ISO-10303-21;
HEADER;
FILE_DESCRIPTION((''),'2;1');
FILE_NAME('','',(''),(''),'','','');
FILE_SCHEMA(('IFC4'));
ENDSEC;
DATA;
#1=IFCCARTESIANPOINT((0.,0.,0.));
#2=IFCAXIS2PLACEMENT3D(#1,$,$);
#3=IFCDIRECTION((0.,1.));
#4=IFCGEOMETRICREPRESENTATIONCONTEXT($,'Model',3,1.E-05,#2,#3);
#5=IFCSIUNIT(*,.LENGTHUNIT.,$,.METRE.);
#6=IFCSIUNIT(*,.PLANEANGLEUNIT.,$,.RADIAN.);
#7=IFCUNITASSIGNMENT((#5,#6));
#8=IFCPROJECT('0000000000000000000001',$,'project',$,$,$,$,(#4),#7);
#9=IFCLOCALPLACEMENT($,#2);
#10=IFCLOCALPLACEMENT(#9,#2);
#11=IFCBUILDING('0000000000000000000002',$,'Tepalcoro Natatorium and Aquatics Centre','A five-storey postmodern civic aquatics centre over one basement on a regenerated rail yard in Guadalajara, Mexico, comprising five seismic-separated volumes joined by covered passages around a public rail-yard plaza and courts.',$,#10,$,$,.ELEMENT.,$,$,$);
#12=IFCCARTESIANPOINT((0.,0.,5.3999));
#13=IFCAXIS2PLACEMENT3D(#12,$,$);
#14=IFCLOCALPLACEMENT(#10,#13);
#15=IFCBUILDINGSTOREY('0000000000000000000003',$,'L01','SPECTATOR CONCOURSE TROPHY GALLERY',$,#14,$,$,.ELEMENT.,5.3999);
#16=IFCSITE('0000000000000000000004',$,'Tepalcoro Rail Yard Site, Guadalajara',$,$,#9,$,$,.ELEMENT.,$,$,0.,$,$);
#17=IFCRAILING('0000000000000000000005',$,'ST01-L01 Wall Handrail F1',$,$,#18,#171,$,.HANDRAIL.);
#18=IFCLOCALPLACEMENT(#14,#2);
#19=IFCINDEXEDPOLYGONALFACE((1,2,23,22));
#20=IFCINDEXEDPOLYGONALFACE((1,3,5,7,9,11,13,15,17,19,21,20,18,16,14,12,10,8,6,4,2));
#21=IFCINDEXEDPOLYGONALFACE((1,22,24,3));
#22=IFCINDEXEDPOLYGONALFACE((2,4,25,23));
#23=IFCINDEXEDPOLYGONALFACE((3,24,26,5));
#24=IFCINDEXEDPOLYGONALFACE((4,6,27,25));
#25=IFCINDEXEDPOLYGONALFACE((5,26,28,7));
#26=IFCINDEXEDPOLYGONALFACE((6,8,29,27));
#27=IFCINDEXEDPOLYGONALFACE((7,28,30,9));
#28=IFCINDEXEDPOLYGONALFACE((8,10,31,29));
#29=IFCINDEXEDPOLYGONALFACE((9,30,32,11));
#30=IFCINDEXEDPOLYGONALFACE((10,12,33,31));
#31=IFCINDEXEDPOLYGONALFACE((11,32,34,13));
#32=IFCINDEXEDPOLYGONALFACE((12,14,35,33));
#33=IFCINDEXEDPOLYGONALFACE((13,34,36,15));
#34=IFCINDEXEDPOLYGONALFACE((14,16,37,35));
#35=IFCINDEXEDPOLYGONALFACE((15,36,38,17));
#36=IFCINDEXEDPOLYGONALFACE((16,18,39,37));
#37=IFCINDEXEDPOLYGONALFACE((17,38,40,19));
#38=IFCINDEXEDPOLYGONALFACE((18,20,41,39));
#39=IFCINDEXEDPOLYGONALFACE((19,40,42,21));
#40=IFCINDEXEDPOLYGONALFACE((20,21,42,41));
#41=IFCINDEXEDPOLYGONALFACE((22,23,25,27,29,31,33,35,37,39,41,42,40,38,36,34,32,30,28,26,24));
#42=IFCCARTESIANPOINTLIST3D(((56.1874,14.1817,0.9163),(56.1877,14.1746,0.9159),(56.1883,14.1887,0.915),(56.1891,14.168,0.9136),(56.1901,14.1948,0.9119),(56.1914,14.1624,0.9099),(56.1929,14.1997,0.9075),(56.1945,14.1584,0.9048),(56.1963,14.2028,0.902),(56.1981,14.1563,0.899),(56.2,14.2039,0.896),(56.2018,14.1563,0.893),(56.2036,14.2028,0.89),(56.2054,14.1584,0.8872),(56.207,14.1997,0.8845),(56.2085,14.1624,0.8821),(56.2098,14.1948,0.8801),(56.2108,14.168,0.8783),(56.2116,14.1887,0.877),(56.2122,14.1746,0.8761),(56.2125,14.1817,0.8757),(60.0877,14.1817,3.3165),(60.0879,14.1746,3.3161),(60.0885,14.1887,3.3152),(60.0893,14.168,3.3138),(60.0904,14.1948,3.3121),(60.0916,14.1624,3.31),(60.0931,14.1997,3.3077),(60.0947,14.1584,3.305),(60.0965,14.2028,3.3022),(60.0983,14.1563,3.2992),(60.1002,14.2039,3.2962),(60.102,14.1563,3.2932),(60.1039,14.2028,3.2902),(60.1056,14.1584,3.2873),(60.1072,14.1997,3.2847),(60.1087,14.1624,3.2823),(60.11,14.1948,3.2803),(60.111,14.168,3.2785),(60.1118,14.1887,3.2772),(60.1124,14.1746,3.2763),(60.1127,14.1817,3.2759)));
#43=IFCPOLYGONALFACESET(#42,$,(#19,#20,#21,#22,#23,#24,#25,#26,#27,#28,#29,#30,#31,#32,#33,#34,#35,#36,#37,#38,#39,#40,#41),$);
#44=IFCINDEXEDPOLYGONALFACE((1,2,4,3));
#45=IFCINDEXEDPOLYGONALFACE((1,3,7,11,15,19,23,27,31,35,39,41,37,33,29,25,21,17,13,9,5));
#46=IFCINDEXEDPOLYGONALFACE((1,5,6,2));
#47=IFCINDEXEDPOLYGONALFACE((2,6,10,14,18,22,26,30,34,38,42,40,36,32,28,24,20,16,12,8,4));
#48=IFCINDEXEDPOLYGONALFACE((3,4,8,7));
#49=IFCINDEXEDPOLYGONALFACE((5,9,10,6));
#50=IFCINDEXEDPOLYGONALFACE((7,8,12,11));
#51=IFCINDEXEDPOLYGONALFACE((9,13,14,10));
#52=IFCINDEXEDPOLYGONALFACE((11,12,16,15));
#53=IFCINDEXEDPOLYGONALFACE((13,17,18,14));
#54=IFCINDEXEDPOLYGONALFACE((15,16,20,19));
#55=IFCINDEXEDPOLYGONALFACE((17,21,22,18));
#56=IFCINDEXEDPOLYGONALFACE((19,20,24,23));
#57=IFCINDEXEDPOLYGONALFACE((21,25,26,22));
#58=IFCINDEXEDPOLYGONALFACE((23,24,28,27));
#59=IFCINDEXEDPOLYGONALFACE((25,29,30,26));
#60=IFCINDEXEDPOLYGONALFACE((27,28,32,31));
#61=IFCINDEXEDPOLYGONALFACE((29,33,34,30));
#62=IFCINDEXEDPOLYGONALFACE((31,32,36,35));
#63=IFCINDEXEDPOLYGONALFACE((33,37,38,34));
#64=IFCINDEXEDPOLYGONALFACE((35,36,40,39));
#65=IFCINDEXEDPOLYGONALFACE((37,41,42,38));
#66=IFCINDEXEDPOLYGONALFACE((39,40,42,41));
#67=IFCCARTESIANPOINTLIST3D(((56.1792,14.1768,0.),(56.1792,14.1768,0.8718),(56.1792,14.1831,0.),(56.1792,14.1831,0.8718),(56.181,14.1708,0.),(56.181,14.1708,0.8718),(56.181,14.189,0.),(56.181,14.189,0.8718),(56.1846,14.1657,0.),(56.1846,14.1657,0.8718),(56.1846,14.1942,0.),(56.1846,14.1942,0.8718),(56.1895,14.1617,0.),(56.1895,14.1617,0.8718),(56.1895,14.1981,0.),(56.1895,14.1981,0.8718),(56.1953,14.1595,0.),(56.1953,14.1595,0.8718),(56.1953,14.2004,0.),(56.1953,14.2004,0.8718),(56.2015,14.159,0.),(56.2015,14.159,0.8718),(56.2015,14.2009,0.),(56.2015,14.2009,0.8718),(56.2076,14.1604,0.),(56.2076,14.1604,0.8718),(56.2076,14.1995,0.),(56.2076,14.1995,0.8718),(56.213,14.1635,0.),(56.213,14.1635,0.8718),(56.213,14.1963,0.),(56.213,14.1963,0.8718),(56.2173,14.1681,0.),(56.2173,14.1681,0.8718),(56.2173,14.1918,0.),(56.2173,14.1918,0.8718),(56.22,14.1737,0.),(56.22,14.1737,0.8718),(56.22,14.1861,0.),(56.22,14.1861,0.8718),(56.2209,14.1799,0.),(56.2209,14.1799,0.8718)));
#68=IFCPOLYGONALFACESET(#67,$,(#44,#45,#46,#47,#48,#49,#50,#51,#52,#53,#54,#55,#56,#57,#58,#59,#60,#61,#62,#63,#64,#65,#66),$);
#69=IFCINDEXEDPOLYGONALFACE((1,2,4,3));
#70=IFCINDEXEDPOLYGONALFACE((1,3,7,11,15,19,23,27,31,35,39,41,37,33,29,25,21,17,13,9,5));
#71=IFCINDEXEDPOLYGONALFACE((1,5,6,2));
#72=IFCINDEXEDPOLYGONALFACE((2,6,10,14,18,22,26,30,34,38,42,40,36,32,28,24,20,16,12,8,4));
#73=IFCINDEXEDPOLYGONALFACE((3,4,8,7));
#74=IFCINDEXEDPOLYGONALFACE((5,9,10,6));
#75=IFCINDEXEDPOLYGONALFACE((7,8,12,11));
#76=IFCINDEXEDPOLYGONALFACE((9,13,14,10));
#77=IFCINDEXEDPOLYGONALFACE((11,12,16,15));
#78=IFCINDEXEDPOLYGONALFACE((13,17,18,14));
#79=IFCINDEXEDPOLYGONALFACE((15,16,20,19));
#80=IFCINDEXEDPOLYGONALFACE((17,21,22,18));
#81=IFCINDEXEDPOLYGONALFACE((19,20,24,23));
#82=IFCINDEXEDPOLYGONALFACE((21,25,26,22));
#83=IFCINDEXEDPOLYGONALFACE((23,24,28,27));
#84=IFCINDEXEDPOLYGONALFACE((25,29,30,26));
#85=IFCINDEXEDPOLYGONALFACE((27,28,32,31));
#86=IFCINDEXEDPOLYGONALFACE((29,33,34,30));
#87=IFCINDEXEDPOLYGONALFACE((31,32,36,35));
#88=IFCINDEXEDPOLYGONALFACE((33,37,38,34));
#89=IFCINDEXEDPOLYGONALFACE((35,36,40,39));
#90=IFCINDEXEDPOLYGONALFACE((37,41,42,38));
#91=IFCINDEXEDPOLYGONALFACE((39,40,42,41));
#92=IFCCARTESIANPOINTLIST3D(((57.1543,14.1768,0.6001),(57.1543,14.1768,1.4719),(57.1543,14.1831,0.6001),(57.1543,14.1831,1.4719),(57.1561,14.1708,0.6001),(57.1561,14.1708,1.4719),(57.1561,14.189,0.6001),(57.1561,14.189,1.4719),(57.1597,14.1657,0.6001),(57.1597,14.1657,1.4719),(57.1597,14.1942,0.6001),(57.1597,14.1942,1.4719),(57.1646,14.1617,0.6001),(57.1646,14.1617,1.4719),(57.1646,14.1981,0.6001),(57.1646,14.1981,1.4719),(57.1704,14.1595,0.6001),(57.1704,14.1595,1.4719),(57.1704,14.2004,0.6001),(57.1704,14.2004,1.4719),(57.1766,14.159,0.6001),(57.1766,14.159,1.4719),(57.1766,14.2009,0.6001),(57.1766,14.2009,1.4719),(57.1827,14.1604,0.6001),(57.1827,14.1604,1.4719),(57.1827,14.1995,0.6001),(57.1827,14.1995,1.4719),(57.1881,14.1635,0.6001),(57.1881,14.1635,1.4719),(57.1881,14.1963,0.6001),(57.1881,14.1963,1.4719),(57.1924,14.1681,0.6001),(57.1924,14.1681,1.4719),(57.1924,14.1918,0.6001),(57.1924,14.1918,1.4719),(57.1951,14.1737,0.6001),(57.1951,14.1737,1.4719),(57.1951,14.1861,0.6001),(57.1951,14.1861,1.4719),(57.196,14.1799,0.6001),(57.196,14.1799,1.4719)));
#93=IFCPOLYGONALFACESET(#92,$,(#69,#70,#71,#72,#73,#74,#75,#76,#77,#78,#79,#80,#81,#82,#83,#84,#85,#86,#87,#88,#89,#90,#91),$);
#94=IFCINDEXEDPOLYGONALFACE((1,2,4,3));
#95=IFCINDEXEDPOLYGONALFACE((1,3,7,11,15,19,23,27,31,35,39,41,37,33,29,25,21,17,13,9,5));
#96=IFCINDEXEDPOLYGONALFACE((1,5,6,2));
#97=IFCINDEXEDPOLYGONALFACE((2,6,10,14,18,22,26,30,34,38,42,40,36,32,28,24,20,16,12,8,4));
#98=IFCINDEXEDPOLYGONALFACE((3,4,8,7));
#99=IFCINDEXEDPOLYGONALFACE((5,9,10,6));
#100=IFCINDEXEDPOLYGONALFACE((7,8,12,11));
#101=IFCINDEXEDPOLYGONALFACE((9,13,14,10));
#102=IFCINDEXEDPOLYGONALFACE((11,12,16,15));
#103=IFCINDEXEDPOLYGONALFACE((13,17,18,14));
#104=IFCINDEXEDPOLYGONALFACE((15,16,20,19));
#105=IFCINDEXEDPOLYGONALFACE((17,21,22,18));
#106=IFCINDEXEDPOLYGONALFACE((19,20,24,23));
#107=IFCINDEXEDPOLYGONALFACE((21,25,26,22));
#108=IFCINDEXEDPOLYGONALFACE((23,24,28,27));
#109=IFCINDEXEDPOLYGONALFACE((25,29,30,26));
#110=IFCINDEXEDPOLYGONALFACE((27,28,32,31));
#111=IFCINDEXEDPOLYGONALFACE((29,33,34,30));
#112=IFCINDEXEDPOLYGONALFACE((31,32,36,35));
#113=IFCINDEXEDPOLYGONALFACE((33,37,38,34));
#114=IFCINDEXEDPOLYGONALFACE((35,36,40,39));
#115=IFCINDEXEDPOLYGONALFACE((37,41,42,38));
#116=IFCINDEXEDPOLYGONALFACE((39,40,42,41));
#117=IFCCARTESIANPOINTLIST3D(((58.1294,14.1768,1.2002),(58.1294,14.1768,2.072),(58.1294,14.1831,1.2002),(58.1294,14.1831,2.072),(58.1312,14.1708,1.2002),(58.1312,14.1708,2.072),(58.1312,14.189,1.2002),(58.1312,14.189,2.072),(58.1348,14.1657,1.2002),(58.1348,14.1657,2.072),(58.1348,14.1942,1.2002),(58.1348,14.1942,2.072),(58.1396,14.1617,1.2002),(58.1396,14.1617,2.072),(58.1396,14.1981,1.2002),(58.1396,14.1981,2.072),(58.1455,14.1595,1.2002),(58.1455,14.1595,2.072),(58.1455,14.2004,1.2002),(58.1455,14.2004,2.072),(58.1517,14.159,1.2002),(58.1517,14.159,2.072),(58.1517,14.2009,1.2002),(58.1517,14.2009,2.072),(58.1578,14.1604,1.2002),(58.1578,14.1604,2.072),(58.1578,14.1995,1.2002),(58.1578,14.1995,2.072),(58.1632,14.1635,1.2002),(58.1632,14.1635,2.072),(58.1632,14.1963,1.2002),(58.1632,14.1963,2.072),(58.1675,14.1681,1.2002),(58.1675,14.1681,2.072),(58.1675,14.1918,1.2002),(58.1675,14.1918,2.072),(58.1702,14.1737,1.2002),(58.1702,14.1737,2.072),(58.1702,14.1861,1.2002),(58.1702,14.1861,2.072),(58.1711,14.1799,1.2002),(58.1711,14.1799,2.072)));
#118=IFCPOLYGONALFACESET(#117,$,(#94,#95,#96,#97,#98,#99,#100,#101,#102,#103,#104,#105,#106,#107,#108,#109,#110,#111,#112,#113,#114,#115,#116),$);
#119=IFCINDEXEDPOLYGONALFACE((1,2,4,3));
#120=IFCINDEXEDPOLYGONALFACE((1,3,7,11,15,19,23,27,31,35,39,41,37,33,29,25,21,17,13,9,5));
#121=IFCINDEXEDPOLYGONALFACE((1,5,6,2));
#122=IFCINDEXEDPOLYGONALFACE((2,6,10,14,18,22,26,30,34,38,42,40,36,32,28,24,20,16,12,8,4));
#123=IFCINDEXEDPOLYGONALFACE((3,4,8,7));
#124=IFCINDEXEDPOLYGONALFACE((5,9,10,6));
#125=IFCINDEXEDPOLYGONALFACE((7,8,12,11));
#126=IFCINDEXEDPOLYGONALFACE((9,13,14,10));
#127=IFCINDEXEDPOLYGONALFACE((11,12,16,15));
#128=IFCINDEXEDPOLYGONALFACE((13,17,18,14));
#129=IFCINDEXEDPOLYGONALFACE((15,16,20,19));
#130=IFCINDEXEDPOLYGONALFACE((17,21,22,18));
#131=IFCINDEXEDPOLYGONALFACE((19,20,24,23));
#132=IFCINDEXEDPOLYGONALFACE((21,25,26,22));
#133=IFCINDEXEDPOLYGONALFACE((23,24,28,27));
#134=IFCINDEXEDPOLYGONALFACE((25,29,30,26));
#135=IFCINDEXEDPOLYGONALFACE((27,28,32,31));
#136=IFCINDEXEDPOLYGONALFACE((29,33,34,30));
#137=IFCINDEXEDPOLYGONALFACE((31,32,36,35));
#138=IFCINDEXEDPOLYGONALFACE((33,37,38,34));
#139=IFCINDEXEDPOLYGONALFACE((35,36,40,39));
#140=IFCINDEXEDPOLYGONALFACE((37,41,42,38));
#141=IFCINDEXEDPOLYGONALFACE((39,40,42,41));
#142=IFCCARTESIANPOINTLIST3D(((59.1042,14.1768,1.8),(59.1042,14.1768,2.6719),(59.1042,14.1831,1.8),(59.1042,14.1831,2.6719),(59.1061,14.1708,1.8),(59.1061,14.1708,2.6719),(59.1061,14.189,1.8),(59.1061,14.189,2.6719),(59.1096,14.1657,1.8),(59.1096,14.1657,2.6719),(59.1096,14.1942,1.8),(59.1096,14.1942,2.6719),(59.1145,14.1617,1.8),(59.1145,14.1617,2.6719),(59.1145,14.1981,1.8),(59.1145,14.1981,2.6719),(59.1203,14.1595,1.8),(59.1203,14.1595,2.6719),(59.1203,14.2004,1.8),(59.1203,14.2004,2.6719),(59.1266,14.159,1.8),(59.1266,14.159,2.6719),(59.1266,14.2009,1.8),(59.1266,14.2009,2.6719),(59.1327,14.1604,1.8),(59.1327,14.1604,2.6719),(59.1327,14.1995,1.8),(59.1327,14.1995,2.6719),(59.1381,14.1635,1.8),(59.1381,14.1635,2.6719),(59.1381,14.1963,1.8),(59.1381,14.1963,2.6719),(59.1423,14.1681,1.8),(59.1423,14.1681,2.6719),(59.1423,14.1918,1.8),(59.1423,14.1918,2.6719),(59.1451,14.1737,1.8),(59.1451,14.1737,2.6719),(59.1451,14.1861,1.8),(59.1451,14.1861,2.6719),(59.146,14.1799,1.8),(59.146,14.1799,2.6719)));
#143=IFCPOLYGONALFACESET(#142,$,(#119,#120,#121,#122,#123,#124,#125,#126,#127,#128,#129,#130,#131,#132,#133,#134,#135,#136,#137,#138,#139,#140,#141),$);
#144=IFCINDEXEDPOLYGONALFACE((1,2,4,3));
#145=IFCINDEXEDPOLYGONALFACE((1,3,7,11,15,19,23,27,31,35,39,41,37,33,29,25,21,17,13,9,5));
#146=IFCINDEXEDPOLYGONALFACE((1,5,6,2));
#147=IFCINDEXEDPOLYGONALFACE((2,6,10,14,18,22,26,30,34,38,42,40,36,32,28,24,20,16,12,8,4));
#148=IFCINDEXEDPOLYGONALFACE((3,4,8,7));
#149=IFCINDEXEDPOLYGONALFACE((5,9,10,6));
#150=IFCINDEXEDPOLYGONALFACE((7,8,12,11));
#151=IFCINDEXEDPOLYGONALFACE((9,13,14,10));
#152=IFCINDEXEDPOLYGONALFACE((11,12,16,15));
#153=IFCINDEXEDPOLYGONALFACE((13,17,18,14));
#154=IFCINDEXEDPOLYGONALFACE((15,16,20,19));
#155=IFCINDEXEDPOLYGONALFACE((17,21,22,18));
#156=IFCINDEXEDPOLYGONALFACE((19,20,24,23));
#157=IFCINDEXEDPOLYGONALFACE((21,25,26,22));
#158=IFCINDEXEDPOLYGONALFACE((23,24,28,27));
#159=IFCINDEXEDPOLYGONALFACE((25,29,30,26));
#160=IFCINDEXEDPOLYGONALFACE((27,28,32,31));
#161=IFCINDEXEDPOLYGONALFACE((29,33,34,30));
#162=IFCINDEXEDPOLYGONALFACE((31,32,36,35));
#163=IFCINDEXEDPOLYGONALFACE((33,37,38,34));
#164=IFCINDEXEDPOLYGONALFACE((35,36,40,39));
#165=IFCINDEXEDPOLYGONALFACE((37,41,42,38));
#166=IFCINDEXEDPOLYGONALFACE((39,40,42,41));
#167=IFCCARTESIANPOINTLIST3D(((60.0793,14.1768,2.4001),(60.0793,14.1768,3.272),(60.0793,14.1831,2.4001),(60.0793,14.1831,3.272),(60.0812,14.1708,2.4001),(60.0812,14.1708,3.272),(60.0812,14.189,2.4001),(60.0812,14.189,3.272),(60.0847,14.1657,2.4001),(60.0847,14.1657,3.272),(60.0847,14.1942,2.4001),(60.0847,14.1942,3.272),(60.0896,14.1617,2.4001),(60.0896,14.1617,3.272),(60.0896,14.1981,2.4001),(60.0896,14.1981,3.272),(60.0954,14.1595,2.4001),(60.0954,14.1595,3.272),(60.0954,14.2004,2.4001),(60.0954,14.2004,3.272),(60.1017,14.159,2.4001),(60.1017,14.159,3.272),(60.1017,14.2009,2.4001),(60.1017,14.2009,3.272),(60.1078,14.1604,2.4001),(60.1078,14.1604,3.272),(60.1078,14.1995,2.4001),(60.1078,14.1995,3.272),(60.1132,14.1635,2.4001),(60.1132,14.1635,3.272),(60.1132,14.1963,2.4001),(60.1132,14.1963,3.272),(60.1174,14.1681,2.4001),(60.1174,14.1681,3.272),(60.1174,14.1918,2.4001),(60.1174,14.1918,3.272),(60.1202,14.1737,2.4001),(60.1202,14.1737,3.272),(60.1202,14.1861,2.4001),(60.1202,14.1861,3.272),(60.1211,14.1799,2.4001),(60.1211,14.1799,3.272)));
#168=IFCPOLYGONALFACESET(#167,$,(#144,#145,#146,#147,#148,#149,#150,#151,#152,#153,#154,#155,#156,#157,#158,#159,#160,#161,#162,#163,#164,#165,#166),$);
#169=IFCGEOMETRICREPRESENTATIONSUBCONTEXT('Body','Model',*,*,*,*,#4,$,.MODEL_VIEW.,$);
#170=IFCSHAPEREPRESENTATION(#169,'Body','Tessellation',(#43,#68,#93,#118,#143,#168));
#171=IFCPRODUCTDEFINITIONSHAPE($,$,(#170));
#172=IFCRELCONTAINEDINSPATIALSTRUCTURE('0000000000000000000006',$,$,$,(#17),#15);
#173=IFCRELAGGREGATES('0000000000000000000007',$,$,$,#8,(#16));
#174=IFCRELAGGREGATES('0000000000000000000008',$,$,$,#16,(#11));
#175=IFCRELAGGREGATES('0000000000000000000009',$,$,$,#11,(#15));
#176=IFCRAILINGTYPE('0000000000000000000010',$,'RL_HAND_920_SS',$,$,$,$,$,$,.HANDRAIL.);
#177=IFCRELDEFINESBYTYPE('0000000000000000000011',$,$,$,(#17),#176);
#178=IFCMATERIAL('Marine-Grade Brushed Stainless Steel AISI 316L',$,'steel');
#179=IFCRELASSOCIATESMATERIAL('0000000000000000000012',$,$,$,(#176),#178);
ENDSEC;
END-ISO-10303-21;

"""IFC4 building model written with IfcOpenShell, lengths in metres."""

from ifc_helpers import new_model, si_unit, direction, frame, origin, origin_2d, place, context, subcontext, project, spatial, circle, extrude, material, type_object, element, save


model = new_model("IFC4")

# Units and contexts
model_context = context("Model", 3, precision=1e-05, world=origin(), true_north=direction((0.0, 1.0)))
body_context = subcontext(model_context, "Body", "Model", "MODEL_VIEW")
ifc_project = project(units=[si_unit("LENGTHUNIT", "METRE"), si_unit("PLANEANGLEUNIT", "RADIAN")], contexts=[model_context])

# Site, building, storey
site_placement = place(None, origin())
site = spatial("IfcSite", under=ifc_project, at=site_placement, Name="Tepalcoro Rail Yard Site, Guadalajara", CompositionType="ELEMENT", RefElevation=0.0)
building_placement = place(site_placement, origin())
building = spatial("IfcBuilding", under=site, at=building_placement, Name="Tepalcoro Natatorium and Aquatics Centre", Description="A five-storey postmodern civic aquatics centre over one basement on a regenerated rail yard in Guadalajara, Mexico, comprising five seismic-separated volumes joined by covered passages around a public rail-yard plaza and courts.", CompositionType="ELEMENT")
storey_placement = place(building_placement, frame((0.0, 0.0, 5.3999)))
storey = spatial("IfcBuildingStorey", under=building, at=storey_placement, Name="L01", Description="SPECTATOR CONCOURSE TROPHY GALLERY", CompositionType="ELEMENT", Elevation=5.3999)

# Railing
ifc_material_1 = material(Name="Marine-Grade Brushed Stainless Steel AISI 316L", Category="steel")
railing_type_1 = type_object("IfcRailingType", Name="RL_HAND_920_SS", PredefinedType="HANDRAIL", material=ifc_material_1)
railing_1_placement = place(storey_placement, frame((56.2, 14.1799, 0.0)))
element("IfcRailing", 1, at=railing_1_placement, inside=storey, type_object=railing_type_1, Name="ST01-L01 Wall Handrail F1", PredefinedType="HANDRAIL", context=body_context, shape_type="SweptSolid", body=[
    extrude(circle(Radius=0.0239, at=origin_2d()), frame((0.0, 0.0, 0.896), z_axis=(0.851653, 0.0, 0.524106), x_axis=(0.0, 1.0, 0.0)), (0.0, 0.0, 1.0), 4.5796),
    extrude(circle(Radius=0.021, at=origin_2d()), origin(), (0.0, 0.0, 1.0), 0.8718),
    extrude(circle(Radius=0.021, at=origin_2d()), frame((0.9751, 0.0, 0.6001)), (0.0, 0.0, 1.0), 0.8718),
    extrude(circle(Radius=0.021, at=origin_2d()), frame((1.9502, 0.0, 1.2002)), (0.0, 0.0, 1.0), 0.8718),
    extrude(circle(Radius=0.021, at=origin_2d()), frame((2.925, 0.0, 1.8)), (0.0, 0.0, 1.0), 0.8718),
    extrude(circle(Radius=0.021, at=origin_2d()), frame((3.9001, 0.0, 2.4001)), (0.0, 0.0, 1.0), 0.8718),
])

save(model, "model.ifc")
